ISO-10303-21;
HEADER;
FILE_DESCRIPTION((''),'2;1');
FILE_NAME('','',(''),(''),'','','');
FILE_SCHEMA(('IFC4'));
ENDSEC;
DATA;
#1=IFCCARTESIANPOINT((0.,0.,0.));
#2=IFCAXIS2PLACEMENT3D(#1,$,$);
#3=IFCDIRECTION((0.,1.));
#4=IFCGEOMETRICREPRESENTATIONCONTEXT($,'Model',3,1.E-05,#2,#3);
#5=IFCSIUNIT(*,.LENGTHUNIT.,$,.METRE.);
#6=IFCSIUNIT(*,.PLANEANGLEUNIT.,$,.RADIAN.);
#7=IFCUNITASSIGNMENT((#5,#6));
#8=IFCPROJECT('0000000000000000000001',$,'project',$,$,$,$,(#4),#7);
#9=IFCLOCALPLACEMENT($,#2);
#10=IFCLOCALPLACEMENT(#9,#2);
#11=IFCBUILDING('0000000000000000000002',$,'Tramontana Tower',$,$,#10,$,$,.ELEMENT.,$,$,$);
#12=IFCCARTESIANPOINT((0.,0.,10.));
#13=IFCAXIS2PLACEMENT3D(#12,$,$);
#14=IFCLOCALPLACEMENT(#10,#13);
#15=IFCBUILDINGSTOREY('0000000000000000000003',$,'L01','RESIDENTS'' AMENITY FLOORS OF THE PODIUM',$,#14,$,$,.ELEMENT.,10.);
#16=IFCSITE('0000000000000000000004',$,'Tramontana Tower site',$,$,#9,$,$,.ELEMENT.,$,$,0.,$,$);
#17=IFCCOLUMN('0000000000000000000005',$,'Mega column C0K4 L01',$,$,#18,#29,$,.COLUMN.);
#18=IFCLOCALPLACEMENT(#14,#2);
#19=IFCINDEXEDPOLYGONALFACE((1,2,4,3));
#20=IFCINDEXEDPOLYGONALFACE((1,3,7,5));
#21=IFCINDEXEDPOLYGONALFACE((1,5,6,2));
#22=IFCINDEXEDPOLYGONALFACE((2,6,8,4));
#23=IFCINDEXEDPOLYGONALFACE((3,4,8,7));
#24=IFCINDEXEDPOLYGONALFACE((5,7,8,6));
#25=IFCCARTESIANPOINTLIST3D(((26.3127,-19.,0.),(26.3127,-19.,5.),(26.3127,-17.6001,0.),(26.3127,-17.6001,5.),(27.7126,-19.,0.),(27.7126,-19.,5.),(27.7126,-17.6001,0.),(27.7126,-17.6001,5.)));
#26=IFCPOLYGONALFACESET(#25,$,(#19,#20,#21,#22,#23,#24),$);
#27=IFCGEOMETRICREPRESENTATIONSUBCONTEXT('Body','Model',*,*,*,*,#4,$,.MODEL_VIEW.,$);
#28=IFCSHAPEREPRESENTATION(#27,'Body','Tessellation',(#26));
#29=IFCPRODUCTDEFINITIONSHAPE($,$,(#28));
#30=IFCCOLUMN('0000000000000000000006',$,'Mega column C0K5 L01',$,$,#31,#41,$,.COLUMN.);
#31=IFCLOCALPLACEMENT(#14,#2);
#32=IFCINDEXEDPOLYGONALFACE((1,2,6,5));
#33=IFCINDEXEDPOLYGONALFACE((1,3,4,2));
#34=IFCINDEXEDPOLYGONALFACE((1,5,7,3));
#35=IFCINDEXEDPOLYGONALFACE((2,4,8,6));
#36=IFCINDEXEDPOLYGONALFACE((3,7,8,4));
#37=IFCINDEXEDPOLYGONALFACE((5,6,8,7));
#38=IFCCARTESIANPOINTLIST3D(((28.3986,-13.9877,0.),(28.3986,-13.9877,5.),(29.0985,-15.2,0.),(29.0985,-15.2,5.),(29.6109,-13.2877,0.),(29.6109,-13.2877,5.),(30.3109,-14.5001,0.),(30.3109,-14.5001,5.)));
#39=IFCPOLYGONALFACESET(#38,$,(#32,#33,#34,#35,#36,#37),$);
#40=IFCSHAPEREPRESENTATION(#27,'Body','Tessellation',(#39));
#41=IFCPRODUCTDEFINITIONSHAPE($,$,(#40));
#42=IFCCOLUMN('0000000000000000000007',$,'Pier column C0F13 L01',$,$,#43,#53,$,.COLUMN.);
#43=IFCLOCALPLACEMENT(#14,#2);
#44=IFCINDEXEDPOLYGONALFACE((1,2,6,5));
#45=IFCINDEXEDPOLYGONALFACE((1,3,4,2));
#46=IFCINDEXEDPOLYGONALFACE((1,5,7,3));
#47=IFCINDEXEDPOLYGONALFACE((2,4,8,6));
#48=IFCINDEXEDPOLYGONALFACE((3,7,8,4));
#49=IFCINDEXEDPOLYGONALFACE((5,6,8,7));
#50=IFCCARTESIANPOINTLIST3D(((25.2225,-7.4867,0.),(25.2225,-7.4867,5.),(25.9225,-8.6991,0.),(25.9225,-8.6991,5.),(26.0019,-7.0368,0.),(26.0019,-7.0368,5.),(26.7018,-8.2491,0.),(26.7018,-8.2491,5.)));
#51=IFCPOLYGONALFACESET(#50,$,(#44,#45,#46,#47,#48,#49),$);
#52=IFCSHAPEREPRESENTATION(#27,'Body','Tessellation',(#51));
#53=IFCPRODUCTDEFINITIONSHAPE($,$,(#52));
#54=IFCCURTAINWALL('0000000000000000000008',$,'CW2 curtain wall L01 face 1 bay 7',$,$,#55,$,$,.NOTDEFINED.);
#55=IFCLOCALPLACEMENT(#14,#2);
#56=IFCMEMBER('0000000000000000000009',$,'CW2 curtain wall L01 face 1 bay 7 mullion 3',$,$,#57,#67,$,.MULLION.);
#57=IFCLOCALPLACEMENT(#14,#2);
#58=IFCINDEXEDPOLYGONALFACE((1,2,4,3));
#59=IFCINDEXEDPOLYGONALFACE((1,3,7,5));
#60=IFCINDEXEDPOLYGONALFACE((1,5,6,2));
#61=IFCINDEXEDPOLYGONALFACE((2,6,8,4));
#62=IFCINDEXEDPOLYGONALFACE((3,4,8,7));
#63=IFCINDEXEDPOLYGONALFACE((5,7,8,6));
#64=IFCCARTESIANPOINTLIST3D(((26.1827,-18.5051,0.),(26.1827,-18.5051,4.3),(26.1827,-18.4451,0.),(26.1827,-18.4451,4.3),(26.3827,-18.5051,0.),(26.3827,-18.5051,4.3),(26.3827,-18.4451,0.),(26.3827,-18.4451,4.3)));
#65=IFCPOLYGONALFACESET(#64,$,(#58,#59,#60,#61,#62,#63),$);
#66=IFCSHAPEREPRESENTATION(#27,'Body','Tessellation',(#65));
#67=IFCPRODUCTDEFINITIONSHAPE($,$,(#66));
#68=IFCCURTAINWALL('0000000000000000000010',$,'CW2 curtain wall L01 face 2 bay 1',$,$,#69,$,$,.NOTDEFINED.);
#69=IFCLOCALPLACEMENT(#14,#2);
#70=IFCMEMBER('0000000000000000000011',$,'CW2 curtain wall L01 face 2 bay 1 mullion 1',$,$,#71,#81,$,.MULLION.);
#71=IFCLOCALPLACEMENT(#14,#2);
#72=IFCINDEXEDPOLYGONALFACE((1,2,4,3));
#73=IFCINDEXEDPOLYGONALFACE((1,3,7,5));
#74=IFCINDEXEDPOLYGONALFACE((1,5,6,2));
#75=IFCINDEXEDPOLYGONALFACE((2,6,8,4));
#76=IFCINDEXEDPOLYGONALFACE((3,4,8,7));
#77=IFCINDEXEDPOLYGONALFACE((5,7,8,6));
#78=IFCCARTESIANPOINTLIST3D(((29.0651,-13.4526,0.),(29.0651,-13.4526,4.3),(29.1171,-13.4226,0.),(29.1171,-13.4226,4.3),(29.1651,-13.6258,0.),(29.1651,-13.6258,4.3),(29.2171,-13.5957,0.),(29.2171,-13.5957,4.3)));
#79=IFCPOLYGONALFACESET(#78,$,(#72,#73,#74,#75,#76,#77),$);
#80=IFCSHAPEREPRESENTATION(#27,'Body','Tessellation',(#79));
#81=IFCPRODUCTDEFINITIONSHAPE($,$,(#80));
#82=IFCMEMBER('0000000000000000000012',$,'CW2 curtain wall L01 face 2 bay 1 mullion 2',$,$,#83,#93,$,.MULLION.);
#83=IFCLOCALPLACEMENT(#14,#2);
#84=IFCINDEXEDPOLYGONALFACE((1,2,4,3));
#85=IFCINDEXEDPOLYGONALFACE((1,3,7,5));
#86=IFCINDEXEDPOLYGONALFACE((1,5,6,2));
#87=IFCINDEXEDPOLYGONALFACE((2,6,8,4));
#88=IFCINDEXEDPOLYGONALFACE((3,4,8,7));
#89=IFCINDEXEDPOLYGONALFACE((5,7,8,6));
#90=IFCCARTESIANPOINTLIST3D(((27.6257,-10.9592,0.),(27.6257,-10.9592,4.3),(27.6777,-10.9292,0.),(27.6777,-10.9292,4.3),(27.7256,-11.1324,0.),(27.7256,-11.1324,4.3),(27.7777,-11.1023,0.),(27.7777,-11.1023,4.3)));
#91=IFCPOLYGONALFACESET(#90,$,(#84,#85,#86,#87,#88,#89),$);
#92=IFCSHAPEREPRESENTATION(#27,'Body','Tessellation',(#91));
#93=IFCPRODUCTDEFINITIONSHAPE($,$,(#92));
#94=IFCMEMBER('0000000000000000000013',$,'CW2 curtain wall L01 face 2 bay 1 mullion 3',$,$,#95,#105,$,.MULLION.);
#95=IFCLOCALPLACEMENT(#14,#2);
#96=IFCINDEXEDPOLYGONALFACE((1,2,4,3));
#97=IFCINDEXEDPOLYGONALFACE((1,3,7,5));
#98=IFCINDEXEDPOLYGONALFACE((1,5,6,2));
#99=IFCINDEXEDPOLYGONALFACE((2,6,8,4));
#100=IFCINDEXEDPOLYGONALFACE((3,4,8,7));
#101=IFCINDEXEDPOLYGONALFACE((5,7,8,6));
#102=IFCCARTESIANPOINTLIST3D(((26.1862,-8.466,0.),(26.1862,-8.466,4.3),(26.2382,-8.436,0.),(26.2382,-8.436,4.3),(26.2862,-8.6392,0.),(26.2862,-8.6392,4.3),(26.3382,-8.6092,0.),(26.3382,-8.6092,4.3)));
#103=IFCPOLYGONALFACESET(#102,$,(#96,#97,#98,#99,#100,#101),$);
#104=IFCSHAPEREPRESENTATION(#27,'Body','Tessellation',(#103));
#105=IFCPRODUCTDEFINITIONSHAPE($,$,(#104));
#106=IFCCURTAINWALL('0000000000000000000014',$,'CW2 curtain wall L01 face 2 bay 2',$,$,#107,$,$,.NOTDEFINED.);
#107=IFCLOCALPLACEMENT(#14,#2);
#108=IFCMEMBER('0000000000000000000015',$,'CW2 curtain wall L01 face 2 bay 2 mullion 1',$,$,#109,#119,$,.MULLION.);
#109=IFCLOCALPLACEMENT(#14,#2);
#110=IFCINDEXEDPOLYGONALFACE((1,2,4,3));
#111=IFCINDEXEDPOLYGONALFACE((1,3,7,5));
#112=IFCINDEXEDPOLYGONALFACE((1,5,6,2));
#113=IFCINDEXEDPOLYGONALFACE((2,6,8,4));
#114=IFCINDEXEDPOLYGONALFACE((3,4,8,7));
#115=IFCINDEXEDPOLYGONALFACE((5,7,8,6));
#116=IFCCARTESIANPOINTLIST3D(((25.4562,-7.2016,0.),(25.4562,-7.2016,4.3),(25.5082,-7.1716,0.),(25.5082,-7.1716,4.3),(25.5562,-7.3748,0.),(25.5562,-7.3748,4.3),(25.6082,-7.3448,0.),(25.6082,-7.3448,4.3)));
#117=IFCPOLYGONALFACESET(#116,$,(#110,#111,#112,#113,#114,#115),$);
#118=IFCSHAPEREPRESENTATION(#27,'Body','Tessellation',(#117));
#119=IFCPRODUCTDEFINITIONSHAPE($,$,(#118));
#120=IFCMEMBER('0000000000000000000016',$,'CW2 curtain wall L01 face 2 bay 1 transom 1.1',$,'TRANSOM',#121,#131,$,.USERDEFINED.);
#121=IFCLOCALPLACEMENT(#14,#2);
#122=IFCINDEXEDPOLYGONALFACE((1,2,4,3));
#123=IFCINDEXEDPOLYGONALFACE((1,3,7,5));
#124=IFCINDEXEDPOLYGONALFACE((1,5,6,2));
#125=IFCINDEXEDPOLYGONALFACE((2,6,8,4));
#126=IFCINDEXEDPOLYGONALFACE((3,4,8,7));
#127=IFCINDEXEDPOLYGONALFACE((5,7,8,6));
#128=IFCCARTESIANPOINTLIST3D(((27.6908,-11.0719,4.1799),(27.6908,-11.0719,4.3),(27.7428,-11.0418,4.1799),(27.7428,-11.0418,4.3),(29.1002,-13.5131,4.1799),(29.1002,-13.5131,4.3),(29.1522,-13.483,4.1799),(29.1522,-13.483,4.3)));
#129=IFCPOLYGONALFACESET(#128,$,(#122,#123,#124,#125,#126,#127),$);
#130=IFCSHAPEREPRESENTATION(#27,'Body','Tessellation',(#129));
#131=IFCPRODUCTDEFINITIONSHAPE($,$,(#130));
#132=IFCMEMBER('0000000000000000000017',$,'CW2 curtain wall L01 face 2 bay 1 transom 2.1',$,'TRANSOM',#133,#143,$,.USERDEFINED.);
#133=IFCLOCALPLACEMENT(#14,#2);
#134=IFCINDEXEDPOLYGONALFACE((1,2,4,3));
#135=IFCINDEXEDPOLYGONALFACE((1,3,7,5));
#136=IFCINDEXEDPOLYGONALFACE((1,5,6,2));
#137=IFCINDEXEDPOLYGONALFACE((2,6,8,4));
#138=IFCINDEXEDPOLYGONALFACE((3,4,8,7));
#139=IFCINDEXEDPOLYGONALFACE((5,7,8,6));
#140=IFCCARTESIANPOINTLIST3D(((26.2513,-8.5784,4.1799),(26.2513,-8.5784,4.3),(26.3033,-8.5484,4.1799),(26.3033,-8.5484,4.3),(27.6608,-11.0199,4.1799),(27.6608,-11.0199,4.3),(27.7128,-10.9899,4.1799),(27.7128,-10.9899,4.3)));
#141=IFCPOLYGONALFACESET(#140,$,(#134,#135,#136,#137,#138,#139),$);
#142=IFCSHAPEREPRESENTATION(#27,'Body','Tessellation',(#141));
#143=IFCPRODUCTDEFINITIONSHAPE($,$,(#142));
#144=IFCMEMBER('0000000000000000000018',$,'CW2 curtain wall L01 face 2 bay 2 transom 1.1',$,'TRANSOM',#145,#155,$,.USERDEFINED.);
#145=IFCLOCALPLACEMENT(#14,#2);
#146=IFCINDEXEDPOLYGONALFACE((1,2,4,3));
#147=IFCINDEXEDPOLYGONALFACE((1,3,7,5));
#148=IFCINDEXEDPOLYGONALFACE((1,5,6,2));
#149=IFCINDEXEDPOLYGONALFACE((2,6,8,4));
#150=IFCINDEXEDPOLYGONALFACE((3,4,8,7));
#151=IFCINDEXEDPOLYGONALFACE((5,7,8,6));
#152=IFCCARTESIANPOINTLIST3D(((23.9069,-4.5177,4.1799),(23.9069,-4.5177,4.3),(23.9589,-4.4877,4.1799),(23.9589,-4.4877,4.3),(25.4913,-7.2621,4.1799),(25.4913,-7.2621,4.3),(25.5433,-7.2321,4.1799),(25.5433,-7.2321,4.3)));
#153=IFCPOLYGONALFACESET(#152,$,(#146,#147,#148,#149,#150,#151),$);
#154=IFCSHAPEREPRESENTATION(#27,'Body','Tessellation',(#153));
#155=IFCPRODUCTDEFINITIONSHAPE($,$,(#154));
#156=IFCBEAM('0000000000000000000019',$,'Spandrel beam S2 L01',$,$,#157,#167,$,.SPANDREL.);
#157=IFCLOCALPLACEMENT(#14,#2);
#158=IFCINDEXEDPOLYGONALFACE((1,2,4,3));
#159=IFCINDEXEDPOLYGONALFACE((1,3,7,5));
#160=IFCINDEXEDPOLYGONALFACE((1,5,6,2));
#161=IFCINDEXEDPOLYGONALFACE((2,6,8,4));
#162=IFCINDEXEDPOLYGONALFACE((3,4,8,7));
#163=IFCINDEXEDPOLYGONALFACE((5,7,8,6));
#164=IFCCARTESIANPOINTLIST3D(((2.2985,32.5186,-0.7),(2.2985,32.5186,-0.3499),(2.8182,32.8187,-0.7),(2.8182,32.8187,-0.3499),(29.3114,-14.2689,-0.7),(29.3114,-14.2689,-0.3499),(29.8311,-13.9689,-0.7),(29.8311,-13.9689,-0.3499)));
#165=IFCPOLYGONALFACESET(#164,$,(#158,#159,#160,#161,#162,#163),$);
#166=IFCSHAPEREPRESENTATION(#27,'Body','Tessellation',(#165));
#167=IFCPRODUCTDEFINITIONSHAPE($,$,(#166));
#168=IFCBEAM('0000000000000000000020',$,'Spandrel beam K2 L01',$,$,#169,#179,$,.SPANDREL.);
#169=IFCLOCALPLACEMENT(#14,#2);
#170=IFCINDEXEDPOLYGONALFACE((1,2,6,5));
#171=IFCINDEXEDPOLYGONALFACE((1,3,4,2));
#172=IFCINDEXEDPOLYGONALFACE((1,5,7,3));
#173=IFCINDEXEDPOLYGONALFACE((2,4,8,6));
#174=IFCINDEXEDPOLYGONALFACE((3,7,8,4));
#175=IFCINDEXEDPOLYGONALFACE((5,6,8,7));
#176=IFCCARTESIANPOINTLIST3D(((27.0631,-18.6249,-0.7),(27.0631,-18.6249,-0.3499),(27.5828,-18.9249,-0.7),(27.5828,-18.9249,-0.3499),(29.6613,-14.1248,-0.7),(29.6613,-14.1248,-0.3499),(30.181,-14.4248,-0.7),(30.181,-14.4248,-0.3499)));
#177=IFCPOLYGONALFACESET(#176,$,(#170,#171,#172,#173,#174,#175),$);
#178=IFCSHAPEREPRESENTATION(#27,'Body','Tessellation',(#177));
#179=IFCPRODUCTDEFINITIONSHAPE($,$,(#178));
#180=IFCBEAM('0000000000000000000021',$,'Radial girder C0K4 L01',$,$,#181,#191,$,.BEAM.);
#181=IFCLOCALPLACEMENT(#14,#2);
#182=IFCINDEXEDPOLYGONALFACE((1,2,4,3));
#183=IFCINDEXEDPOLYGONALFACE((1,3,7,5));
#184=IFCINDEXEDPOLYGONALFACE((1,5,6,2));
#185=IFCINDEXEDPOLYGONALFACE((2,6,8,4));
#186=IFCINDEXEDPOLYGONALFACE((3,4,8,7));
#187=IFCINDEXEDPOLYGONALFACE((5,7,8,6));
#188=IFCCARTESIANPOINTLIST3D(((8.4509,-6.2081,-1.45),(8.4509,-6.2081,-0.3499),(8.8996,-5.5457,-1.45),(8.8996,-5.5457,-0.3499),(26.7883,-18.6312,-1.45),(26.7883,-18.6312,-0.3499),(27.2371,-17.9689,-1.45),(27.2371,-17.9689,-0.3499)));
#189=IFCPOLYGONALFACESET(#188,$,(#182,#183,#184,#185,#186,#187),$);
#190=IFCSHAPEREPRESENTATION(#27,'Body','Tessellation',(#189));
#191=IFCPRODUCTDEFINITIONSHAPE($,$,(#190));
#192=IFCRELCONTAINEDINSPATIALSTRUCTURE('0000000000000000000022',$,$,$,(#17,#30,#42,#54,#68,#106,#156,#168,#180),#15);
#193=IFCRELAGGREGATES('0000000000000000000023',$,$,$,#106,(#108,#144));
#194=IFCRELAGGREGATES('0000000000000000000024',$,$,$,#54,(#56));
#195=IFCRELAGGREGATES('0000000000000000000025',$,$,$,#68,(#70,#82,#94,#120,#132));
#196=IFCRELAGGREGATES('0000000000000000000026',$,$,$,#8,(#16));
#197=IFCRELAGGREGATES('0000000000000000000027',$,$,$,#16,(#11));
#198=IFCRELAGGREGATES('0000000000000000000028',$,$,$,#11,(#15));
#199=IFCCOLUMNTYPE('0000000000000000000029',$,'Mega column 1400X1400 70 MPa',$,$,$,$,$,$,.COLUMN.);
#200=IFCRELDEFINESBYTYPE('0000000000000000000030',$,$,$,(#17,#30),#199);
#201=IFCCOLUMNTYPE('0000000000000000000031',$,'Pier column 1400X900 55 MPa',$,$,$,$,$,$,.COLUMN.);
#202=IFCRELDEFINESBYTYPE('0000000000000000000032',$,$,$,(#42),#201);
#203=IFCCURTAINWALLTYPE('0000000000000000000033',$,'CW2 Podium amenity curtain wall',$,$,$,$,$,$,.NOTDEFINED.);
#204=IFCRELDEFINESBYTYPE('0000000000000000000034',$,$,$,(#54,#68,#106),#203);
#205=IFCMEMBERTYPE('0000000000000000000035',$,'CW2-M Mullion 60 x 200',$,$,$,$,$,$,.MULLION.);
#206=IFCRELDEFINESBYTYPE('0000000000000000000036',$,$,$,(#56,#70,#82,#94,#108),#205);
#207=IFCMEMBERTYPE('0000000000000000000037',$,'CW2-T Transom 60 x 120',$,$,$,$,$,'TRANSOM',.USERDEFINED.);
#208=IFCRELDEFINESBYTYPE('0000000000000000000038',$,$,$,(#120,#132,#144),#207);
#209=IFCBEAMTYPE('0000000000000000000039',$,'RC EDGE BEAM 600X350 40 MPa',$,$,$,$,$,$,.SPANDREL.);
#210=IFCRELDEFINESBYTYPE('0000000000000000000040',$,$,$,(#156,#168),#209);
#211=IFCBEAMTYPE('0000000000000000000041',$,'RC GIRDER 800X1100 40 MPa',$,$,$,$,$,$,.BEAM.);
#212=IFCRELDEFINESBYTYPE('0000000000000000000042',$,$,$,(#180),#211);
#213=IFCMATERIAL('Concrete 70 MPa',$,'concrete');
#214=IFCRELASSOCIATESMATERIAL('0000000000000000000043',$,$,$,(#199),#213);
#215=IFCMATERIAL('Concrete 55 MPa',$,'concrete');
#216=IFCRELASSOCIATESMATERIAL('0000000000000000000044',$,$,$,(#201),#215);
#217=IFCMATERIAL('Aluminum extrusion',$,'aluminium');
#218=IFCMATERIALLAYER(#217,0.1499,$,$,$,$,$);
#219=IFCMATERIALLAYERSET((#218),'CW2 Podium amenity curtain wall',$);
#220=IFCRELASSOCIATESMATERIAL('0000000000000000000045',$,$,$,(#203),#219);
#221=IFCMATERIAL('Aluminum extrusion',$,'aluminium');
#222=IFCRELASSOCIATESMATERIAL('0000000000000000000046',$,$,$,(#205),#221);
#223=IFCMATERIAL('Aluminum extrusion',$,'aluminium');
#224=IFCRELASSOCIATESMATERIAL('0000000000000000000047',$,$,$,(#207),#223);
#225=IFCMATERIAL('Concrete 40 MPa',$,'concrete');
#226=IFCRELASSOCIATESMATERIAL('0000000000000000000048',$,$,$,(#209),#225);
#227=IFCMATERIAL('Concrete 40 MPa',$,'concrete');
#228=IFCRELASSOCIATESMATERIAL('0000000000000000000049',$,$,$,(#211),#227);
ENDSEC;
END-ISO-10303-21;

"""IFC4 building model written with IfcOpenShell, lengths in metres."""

from ifc_helpers import new_model, si_unit, direction, frame, origin, origin_2d, place, context, subcontext, project, spatial, rectangle, extrude, material, layer, layer_set, material_profile, profile_set, type_object, element, aggregate, save


model = new_model("IFC4")

# Units and contexts
model_context = context("Model", 3, precision=1e-05, world=origin(), true_north=direction((0.0, 1.0)))
body_context = subcontext(model_context, "Body", "Model", "MODEL_VIEW")
ifc_project = project(units=[si_unit("LENGTHUNIT", "METRE"), si_unit("PLANEANGLEUNIT", "RADIAN")], contexts=[model_context])

# Site, building, storey
site_placement = place(None, origin())
site = spatial("IfcSite", under=ifc_project, at=site_placement, Name="Tramontana Tower site", CompositionType="ELEMENT", RefElevation=0.0)
building_placement = place(site_placement, origin())
building = spatial("IfcBuilding", under=site, at=building_placement, Name="Tramontana Tower", CompositionType="ELEMENT")
storey_placement = place(building_placement, frame((0.0, 0.0, 10.0)))
storey = spatial("IfcBuildingStorey", under=building, at=storey_placement, Name="L01", Description="RESIDENTS' AMENITY FLOORS OF THE PODIUM", CompositionType="ELEMENT", Elevation=10.0)

# Columns
ifc_material_1 = material(Name="Concrete 70 MPa", Category="concrete")
ifc_material_profile_1 = material_profile(ifc_material_1, rectangle(XDim=1.3999, YDim=1.3999, at=origin_2d()), Name="Mega column 1400X1400 70 MPa")
ifc_profile_set_1 = profile_set([ifc_material_profile_1], Name="Concrete 70 MPa")
column_type_1 = type_object("IfcColumnType", Name="Mega column 1400X1400 70 MPa", PredefinedType="COLUMN", material=ifc_profile_set_1)
for number, where, z_axis, x_axis, name in (
    (1, (27.0127, -18.3, 0.0), (0.0, 0.0, 1.0), (1.0, 0.0, 0.0), "Mega column C0K4 L01"),
    (2, (29.3547, -14.2439, 0.0), (0.0, 0.0, 1.0), (-0.5, 0.866025, 0.0), "Mega column C0K5 L01"),
):
    element("IfcColumn", number, at=place(storey_placement, frame(where, z_axis=z_axis, x_axis=x_axis)), inside=storey, type_object=column_type_1, Name=name, PredefinedType="COLUMN", context=body_context, shape_type="SweptSolid", body=[
        extrude(rectangle(XDim=1.3999, YDim=1.3999, at=origin_2d()), origin(), (0.0, 0.0, 1.0), 5.0),
    ])
ifc_material_2 = material(Name="Concrete 55 MPa", Category="concrete")
ifc_material_profile_2 = material_profile(ifc_material_2, rectangle(XDim=1.3999, YDim=0.8999, at=origin_2d()), Name="Pier column 1400X900 55 MPa")
ifc_profile_set_2 = profile_set([ifc_material_profile_2], Name="Concrete 55 MPa")
column_type_2 = type_object("IfcColumnType", Name="Pier column 1400X900 55 MPa", PredefinedType="COLUMN", material=ifc_profile_set_2)
column_placement = place(storey_placement, frame((25.9622, -7.8679, 0.0), z_axis=(0.0, 0.0, 1.0), x_axis=(-0.5, 0.866025, 0.0)))
element("IfcColumn", 3, at=column_placement, inside=storey, type_object=column_type_2, Name="Pier column C0F13 L01", PredefinedType="COLUMN", context=body_context, shape_type="SweptSolid", body=[
    extrude(rectangle(XDim=1.3999, YDim=0.8999, at=origin_2d()), origin(), (0.0, 0.0, 1.0), 5.0),
])

# Curtain wall, member
ifc_material_3 = material(Name="Aluminum extrusion", Category="aluminium")
ifc_layer_1 = layer(ifc_material_3, 0.1499)
ifc_layer_set_1 = layer_set([ifc_layer_1], Name="CW2 Podium amenity curtain wall")
curtain_wall_type = type_object("IfcCurtainWallType", Name="CW2 Podium amenity curtain wall", PredefinedType="NOTDEFINED", material=ifc_layer_set_1)
curtain_wall_1_placement = place(storey_placement, origin())
curtain_wall_1 = element("IfcCurtainWall", 4, at=curtain_wall_1_placement, inside=storey, type_object=curtain_wall_type, Name="CW2 curtain wall L01 face 1 bay 7", PredefinedType="NOTDEFINED")
ifc_material_4 = material(Name="Aluminum extrusion", Category="aluminium")
ifc_material_profile_3 = material_profile(ifc_material_4, rectangle(XDim=0.0601, YDim=0.2, at=origin_2d()), Name="CW2-M Mullion 60 x 200")
ifc_profile_set_3 = profile_set([ifc_material_profile_3], Name="Aluminum extrusion")
member_type_1 = type_object("IfcMemberType", Name="CW2-M Mullion 60 x 200", PredefinedType="MULLION", material=ifc_profile_set_3)
member_1_placement = place(storey_placement, frame((26.2827, -18.4751, 0.0), z_axis=(0.0, 0.0, 1.0), x_axis=(0.0, 1.0, 0.0)))
member_1 = element("IfcMember", 5, at=member_1_placement, type_object=member_type_1, Name="CW2 curtain wall L01 face 1 bay 7 mullion 3", PredefinedType="MULLION", context=body_context, shape_type="SweptSolid", body=[
    extrude(rectangle(XDim=0.0601, YDim=0.2, at=origin_2d()), origin(), (0.0, 0.0, 1.0), 4.3),
])

# Curtain wall, members
curtain_wall_2_placement = place(storey_placement, origin())
curtain_wall_2 = element("IfcCurtainWall", 6, at=curtain_wall_2_placement, inside=storey, type_object=curtain_wall_type, Name="CW2 curtain wall L01 face 2 bay 1", PredefinedType="NOTDEFINED")
member_2_placement = place(storey_placement, frame((29.1411, -13.5242, 0.0), z_axis=(0.0, 0.0, 1.0), x_axis=(-0.866025, -0.5, 0.0)))
member_2 = element("IfcMember", 7, at=member_2_placement, type_object=member_type_1, Name="CW2 curtain wall L01 face 2 bay 1 mullion 1", PredefinedType="MULLION", context=body_context, shape_type="SweptSolid", body=[
    extrude(rectangle(XDim=0.0601, YDim=0.2, at=origin_2d()), origin(), (0.0, 0.0, 1.0), 4.3),
])
member_3_placement = place(storey_placement, frame((27.7017, -11.0308, 0.0), z_axis=(0.0, 0.0, 1.0), x_axis=(-0.866025, -0.5, 0.0)))
member_3 = element("IfcMember", 8, at=member_3_placement, type_object=member_type_1, Name="CW2 curtain wall L01 face 2 bay 1 mullion 2", PredefinedType="MULLION", context=body_context, shape_type="SweptSolid", body=[
    extrude(rectangle(XDim=0.0601, YDim=0.2, at=origin_2d()), origin(), (0.0, 0.0, 1.0), 4.3),
])
member_4_placement = place(storey_placement, frame((26.2622, -8.5376, 0.0), z_axis=(0.0, 0.0, 1.0), x_axis=(-0.866025, -0.5, 0.0)))
member_4 = element("IfcMember", 9, at=member_4_placement, type_object=member_type_1, Name="CW2 curtain wall L01 face 2 bay 1 mullion 3", PredefinedType="MULLION", context=body_context, shape_type="SweptSolid", body=[
    extrude(rectangle(XDim=0.0601, YDim=0.2, at=origin_2d()), origin(), (0.0, 0.0, 1.0), 4.3),
])

# Curtain wall, member
curtain_wall_3_placement = place(storey_placement, origin())
curtain_wall_3 = element("IfcCurtainWall", 10, at=curtain_wall_3_placement, inside=storey, type_object=curtain_wall_type, Name="CW2 curtain wall L01 face 2 bay 2", PredefinedType="NOTDEFINED")
member_5_placement = place(storey_placement, frame((25.5322, -7.2732, 0.0), z_axis=(0.0, 0.0, 1.0), x_axis=(-0.866025, -0.5, 0.0)))
member_5 = element("IfcMember", 11, at=member_5_placement, type_object=member_type_1, Name="CW2 curtain wall L01 face 2 bay 2 mullion 1", PredefinedType="MULLION", context=body_context, shape_type="SweptSolid", body=[
    extrude(rectangle(XDim=0.0601, YDim=0.2, at=origin_2d()), origin(), (0.0, 0.0, 1.0), 4.3),
])

# Members
ifc_material_5 = material(Name="Aluminum extrusion", Category="aluminium")
ifc_material_profile_4 = material_profile(ifc_material_5, rectangle(XDim=0.0601, YDim=0.1201, at=origin_2d()), Name="CW2-T Transom 60 x 120")
ifc_profile_set_4 = profile_set([ifc_material_profile_4], Name="Aluminum extrusion")
member_type_2 = type_object("IfcMemberType", Name="CW2-T Transom 60 x 120", ElementType="TRANSOM", PredefinedType="USERDEFINED", material=ifc_profile_set_4)
member_6_placement = place(storey_placement, frame((29.1262, -13.498, 4.24), z_axis=(-0.500005, 0.866023, 0.0), x_axis=(-0.866023, -0.500005, 0.0)))
member_6 = element("IfcMember", 12, at=member_6_placement, type_object=member_type_2, Name="CW2 curtain wall L01 face 2 bay 1 transom 1.1", ObjectType="TRANSOM", PredefinedType="USERDEFINED", context=body_context, shape_type="SweptSolid", body=[
    extrude(rectangle(XDim=0.0601, YDim=0.1201, at=origin_2d()), origin(), (0.0, 0.0, 1.0), 2.8188),
])
member_7_placement = place(storey_placement, frame((27.6868, -11.0049, 4.24), z_axis=(-0.499967, 0.866044, 0.0), x_axis=(-0.866044, -0.499967, 0.0)))
member_7 = element("IfcMember", 13, at=member_7_placement, type_object=member_type_2, Name="CW2 curtain wall L01 face 2 bay 1 transom 2.1", ObjectType="TRANSOM", PredefinedType="USERDEFINED", context=body_context, shape_type="SweptSolid", body=[
    extrude(rectangle(XDim=0.0601, YDim=0.1201, at=origin_2d()), origin(), (0.0, 0.0, 1.0), 2.8191),
])
member_8_placement = place(storey_placement, frame((25.5173, -7.2471, 4.24), z_axis=(-0.5, 0.866025, 0.0), x_axis=(-0.866025, -0.5, 0.0)))
member_8 = element("IfcMember", 14, at=member_8_placement, type_object=member_type_2, Name="CW2 curtain wall L01 face 2 bay 2 transom 1.1", ObjectType="TRANSOM", PredefinedType="USERDEFINED", context=body_context, shape_type="SweptSolid", body=[
    extrude(rectangle(XDim=0.0601, YDim=0.1201, at=origin_2d()), origin(), (0.0, 0.0, 1.0), 3.1689),
])
aggregate(curtain_wall_3, [member_5, member_8])

# Beams
ifc_material_6 = material(Name="Concrete 40 MPa", Category="concrete")
ifc_material_profile_5 = material_profile(ifc_material_6, rectangle(XDim=0.6001, YDim=0.3501, at=origin_2d()), Name="RC EDGE BEAM 600X350 40 MPa")
ifc_profile_set_5 = profile_set([ifc_material_profile_5], Name="Concrete 40 MPa")
beam_type_1 = type_object("IfcBeamType", Name="RC EDGE BEAM 600X350 40 MPa", PredefinedType="SPANDREL", material=ifc_profile_set_5)
beam_1_placement = place(storey_placement, frame((29.5713, -14.1189, -0.5249), z_axis=(-0.500001, 0.866025, 0.0), x_axis=(-0.866025, -0.500001, 0.0)))
element("IfcBeam", 15, at=beam_1_placement, inside=storey, type_object=beam_type_1, Name="Spandrel beam S2 L01", PredefinedType="SPANDREL", context=body_context, shape_type="SweptSolid", body=[
    extrude(rectangle(XDim=0.6001, YDim=0.3501, at=origin_2d()), origin(), (0.0, 0.0, 1.0), 54.0256),
])
beam_2_placement = place(storey_placement, frame((27.323, -18.7749, -0.5249), z_axis=(0.50001, 0.86602, 0.0), x_axis=(-0.86602, 0.50001, 0.0)))
element("IfcBeam", 16, at=beam_2_placement, inside=storey, type_object=beam_type_1, Name="Spandrel beam K2 L01", PredefinedType="SPANDREL", context=body_context, shape_type="SweptSolid", body=[
    extrude(rectangle(XDim=0.6001, YDim=0.3501, at=origin_2d()), origin(), (0.0, 0.0, 1.0), 5.1963),
])
ifc_material_7 = material(Name="Concrete 40 MPa", Category="concrete")
ifc_material_profile_6 = material_profile(ifc_material_7, rectangle(XDim=0.8, YDim=1.1001, at=origin_2d()), Name="RC GIRDER 800X1100 40 MPa")
ifc_profile_set_6 = profile_set([ifc_material_profile_6], Name="Concrete 40 MPa")
beam_type_2 = type_object("IfcBeamType", Name="RC GIRDER 800X1100 40 MPa", PredefinedType="BEAM", material=ifc_profile_set_6)
beam_3_placement = place(storey_placement, frame((27.0127, -18.3, -0.8999), z_axis=(-0.827898, 0.560879, 0.0), x_axis=(-0.560879, -0.827898, 0.0)))
element("IfcBeam", 17, at=beam_3_placement, inside=storey, type_object=beam_type_2, Name="Radial girder C0K4 L01", PredefinedType="BEAM", context=body_context, shape_type="SweptSolid", body=[
    extrude(rectangle(XDim=0.8, YDim=1.1001, at=origin_2d()), origin(), (0.0, 0.0, 1.0), 22.1494),
])

aggregate(curtain_wall_1, [member_1])
aggregate(curtain_wall_2, [member_2, member_3, member_4, member_6, member_7])

save(model, "model.ifc")
